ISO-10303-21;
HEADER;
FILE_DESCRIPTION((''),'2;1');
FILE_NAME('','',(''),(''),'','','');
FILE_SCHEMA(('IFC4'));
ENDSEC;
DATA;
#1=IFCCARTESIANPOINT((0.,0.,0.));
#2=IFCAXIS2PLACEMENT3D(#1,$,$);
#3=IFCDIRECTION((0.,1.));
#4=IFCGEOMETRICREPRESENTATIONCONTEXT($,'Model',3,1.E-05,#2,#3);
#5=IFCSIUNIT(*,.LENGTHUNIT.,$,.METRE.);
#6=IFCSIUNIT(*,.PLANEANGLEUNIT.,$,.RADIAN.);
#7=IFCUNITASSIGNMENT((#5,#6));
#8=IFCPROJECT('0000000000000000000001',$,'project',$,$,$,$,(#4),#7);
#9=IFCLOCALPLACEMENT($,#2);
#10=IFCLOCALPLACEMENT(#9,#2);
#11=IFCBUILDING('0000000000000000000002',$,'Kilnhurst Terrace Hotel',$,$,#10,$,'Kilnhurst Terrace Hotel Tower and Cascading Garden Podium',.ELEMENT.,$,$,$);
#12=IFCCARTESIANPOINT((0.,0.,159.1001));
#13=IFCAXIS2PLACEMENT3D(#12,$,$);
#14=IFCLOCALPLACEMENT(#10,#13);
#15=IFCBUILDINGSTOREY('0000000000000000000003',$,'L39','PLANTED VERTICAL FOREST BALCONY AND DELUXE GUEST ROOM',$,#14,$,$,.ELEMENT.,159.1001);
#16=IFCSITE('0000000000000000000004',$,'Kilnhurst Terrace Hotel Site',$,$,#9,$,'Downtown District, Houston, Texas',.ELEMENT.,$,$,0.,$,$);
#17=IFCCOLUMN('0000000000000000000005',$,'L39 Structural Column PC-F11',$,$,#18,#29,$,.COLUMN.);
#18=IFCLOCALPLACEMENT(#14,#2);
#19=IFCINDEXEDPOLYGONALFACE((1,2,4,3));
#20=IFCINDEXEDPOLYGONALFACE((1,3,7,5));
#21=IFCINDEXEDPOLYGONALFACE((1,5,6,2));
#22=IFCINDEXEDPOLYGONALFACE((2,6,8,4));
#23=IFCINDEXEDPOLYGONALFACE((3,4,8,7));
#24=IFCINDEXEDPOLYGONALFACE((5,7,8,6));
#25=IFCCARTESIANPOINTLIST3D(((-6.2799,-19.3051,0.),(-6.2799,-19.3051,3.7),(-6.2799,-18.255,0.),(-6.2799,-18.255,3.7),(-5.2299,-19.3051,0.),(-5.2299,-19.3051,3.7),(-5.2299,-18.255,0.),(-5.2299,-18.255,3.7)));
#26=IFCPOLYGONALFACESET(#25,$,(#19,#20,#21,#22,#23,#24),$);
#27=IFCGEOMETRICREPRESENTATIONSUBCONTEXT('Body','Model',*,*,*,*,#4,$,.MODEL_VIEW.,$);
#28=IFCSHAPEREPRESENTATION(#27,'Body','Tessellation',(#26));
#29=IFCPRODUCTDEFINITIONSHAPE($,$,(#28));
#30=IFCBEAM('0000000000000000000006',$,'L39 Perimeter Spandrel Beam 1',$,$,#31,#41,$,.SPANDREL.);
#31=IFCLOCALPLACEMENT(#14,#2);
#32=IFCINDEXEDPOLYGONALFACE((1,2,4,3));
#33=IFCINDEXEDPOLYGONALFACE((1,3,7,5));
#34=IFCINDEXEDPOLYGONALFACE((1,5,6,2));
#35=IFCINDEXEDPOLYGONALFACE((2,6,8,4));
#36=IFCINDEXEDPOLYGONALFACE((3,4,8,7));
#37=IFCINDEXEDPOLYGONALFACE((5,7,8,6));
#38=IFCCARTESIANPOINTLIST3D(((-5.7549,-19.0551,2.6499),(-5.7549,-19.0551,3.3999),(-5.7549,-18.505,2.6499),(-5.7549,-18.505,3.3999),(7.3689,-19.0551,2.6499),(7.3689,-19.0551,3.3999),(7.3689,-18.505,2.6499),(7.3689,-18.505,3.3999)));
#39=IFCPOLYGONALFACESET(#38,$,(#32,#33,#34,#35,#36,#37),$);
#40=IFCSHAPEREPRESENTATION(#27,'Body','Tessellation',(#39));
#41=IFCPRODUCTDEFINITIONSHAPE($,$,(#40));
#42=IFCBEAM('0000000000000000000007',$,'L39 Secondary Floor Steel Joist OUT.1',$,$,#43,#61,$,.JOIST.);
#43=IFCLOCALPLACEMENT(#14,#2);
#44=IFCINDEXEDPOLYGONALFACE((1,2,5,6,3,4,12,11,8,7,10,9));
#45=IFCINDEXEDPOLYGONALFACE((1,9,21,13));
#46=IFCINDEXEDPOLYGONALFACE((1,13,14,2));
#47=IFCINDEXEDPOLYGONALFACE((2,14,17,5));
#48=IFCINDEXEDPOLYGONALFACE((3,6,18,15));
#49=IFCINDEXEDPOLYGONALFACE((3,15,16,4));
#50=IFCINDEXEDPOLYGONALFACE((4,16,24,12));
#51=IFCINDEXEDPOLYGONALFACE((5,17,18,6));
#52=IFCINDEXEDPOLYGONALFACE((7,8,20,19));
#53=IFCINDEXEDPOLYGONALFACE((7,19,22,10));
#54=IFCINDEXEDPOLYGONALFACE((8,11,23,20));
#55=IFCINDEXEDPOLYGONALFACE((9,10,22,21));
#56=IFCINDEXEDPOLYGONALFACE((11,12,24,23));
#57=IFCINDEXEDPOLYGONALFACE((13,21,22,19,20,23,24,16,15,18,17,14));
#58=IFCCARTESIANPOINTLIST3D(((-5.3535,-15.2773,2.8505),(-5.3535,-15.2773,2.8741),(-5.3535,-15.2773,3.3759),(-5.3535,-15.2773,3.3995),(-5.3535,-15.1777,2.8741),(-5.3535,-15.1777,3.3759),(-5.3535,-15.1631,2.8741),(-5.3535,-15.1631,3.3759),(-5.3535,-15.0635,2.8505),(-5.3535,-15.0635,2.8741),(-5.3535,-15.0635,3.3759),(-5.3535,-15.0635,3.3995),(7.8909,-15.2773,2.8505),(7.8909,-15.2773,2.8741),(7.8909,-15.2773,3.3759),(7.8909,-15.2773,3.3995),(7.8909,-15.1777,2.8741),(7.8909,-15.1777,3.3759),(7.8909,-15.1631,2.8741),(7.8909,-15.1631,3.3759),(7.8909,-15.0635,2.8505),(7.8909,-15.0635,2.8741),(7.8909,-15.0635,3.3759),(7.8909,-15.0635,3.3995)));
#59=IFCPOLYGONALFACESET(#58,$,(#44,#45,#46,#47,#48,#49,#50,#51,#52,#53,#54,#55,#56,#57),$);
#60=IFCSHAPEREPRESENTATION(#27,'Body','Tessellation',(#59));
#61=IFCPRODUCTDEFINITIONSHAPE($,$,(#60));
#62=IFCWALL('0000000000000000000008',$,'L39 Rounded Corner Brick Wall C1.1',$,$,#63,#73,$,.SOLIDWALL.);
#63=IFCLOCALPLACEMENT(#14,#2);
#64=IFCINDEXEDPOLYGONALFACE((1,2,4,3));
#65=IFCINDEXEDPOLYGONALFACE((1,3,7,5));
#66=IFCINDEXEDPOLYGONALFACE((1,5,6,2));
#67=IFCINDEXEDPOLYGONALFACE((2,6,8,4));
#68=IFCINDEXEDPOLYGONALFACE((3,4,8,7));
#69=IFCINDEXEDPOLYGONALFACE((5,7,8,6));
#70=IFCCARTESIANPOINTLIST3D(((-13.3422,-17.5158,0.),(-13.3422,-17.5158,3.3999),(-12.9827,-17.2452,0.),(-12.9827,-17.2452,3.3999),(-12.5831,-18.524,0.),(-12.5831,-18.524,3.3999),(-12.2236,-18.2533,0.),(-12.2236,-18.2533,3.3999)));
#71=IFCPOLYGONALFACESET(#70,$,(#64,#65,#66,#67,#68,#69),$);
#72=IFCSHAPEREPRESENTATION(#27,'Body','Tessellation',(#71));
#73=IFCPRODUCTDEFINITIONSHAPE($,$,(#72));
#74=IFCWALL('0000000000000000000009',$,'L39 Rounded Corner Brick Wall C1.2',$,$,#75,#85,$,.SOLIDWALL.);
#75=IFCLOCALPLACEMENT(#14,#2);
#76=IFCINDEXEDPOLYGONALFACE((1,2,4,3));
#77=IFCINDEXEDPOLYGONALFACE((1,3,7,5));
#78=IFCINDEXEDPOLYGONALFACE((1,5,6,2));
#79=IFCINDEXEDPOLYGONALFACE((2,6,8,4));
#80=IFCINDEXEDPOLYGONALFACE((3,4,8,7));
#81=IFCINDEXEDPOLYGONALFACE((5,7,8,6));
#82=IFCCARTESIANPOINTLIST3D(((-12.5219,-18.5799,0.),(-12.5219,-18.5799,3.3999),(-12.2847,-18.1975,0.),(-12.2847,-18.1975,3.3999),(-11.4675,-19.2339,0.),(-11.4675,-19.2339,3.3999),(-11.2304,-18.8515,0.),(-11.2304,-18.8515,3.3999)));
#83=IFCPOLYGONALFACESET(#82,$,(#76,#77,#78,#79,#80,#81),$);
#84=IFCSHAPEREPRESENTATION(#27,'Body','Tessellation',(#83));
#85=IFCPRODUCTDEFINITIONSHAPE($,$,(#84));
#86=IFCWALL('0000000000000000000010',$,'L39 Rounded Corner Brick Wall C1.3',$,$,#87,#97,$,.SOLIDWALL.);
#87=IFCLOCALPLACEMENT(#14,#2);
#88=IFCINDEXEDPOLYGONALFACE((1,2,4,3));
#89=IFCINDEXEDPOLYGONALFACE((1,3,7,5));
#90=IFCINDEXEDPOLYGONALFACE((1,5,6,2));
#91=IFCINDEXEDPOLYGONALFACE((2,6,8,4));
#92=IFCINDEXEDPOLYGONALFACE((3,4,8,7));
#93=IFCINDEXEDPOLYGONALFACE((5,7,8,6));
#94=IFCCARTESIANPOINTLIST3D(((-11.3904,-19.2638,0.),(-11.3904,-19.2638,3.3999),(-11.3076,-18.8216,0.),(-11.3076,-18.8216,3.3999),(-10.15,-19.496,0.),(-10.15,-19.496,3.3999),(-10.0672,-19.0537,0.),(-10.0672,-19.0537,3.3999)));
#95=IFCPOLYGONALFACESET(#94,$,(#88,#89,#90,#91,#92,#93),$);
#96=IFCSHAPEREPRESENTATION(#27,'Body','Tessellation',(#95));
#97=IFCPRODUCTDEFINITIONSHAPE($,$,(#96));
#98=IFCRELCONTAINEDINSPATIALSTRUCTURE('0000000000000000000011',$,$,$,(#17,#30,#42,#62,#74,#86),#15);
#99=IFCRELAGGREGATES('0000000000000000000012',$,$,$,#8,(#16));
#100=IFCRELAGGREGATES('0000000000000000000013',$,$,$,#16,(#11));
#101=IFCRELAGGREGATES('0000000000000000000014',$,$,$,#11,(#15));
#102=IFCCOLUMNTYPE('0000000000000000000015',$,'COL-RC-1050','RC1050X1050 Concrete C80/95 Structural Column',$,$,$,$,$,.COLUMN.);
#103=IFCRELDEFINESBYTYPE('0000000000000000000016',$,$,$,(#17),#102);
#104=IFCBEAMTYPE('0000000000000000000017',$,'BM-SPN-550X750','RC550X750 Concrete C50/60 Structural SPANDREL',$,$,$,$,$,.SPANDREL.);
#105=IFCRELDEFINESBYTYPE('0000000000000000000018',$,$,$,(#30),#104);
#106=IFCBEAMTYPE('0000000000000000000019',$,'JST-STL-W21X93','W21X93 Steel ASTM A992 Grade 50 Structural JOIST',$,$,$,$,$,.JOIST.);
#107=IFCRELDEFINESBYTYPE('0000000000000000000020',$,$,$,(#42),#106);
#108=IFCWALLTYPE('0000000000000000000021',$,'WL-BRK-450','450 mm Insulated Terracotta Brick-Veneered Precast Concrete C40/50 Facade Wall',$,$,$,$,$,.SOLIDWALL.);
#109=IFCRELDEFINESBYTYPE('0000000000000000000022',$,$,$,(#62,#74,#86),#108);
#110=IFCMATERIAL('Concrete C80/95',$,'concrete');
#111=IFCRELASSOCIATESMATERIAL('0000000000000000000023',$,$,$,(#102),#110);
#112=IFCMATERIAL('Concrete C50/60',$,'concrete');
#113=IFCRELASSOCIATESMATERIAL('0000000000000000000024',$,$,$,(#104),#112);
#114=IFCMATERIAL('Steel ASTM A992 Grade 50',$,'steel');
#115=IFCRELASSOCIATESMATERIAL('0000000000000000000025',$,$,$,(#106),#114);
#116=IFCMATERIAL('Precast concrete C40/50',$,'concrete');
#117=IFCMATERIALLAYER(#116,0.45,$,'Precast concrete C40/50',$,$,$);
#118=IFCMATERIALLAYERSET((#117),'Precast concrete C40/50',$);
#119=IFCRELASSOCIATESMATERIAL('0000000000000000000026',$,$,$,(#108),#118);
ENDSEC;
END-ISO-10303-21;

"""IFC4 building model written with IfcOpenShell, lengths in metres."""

from ifc_helpers import new_model, si_unit, direction, frame, frame_2d, origin, origin_2d, place, context, subcontext, project, spatial, rectangle, i_section, extrude, material, layer, layer_set, material_profile, profile_set, type_object, element, save


model = new_model("IFC4")

# Units and contexts
model_context = context("Model", 3, precision=1e-05, world=origin(), true_north=direction((0.0, 1.0)))
body_context = subcontext(model_context, "Body", "Model", "MODEL_VIEW")
ifc_project = project(units=[si_unit("LENGTHUNIT", "METRE"), si_unit("PLANEANGLEUNIT", "RADIAN")], contexts=[model_context])

# Site, building, storey
site_placement = place(None, origin())
site = spatial("IfcSite", under=ifc_project, at=site_placement, Name="Kilnhurst Terrace Hotel Site", LongName="Downtown District, Houston, Texas", CompositionType="ELEMENT", RefElevation=0.0)
building_placement = place(site_placement, origin())
building = spatial("IfcBuilding", under=site, at=building_placement, Name="Kilnhurst Terrace Hotel", LongName="Kilnhurst Terrace Hotel Tower and Cascading Garden Podium", CompositionType="ELEMENT")
storey_placement = place(building_placement, frame((0.0, 0.0, 159.1001)))
storey = spatial("IfcBuildingStorey", under=building, at=storey_placement, Name="L39", Description="PLANTED VERTICAL FOREST BALCONY AND DELUXE GUEST ROOM", CompositionType="ELEMENT", Elevation=159.1001)

# Column
ifc_material_1 = material(Name="Concrete C80/95", Category="concrete")
ifc_material_profile_1 = material_profile(ifc_material_1, rectangle(XDim=1.05, YDim=1.05, at=origin_2d()), Name="RC1050X1050")
ifc_profile_set_1 = profile_set([ifc_material_profile_1], Name="Concrete C80/95")
column_type = type_object("IfcColumnType", Name="COL-RC-1050", Description="RC1050X1050 Concrete C80/95 Structural Column", PredefinedType="COLUMN", material=ifc_profile_set_1)
column_placement = place(storey_placement, frame((-5.7549, -18.78, 0.0), z_axis=(0.0, 0.0, 1.0), x_axis=(1.0, 0.0, 0.0)))
element("IfcColumn", 1, at=column_placement, inside=storey, type_object=column_type, Name="L39 Structural Column PC-F11", PredefinedType="COLUMN", context=body_context, shape_type="SweptSolid", body=[
    extrude(rectangle(XDim=1.05, YDim=1.05, at=origin_2d()), origin(), (0.0, 0.0, 1.0), 3.7),
])

# Beams
ifc_material_2 = material(Name="Concrete C50/60", Category="concrete")
ifc_material_profile_2 = material_profile(ifc_material_2, rectangle(XDim=0.55, YDim=0.75, at=origin_2d()), Name="RC550X750")
ifc_profile_set_2 = profile_set([ifc_material_profile_2], Name="Concrete C50/60")
beam_type_1 = type_object("IfcBeamType", Name="BM-SPN-550X750", Description="RC550X750 Concrete C50/60 Structural SPANDREL", PredefinedType="SPANDREL", material=ifc_profile_set_2)
beam_1_placement = place(storey_placement, frame((-5.7549, -18.78, 3.0249), z_axis=(1.0, 0.0, 0.0), x_axis=(0.0, 1.0, 0.0)))
element("IfcBeam", 2, at=beam_1_placement, inside=storey, type_object=beam_type_1, Name="L39 Perimeter Spandrel Beam 1", PredefinedType="SPANDREL", context=body_context, shape_type="SweptSolid", body=[
    extrude(rectangle(XDim=0.55, YDim=0.75, at=origin_2d()), origin(), (0.0, 0.0, 1.0), 13.1238),
])
ifc_material_3 = material(Name="Steel ASTM A992 Grade 50", Category="steel")
ifc_material_profile_3 = material_profile(ifc_material_3, i_section(OverallWidth=0.2139, OverallDepth=0.5491, WebThickness=0.0146, FlangeThickness=0.0237, at=origin_2d()), Name="W21X93")
ifc_profile_set_3 = profile_set([ifc_material_profile_3], Name="Steel ASTM A992 Grade 50")
beam_type_2 = type_object("IfcBeamType", Name="JST-STL-W21X93", Description="W21X93 Steel ASTM A992 Grade 50 Structural JOIST", PredefinedType="JOIST", material=ifc_profile_set_3)
beam_2_placement = place(storey_placement, frame((-5.3535, -15.1704, 3.125), z_axis=(1.0, 0.0, 0.0), x_axis=(0.0, 1.0, 0.0)))
element("IfcBeam", 3, at=beam_2_placement, inside=storey, type_object=beam_type_2, Name="L39 Secondary Floor Steel Joist OUT.1", PredefinedType="JOIST", context=body_context, shape_type="SweptSolid", body=[
    extrude(i_section(OverallWidth=0.2139, OverallDepth=0.5491, WebThickness=0.0146, FlangeThickness=0.0237, at=origin_2d()), origin(), (0.0, 0.0, 1.0), 13.2444),
])

# Walls
ifc_material_4 = material(Name="Precast concrete C40/50", Category="concrete")
ifc_layer_1 = layer(ifc_material_4, 0.45, Name="Precast concrete C40/50")
ifc_layer_set_1 = layer_set([ifc_layer_1], Name="Precast concrete C40/50")
wall_type_1 = type_object("IfcWallType", Name="WL-BRK-450", Description="450 mm Insulated Terracotta Brick-Veneered Precast Concrete C40/50 Facade Wall", PredefinedType="SOLIDWALL", material=ifc_layer_set_1)
wall_1_placement = place(storey_placement, frame((-13.1624, -17.3806, 0.0), z_axis=(0.0, 0.0, 1.0), x_axis=(0.601516, -0.798861, 0.0)))
element("IfcWall", 4, at=wall_1_placement, inside=storey, type_object=wall_type_1, Name="L39 Rounded Corner Brick Wall C1.1", PredefinedType="SOLIDWALL", context=body_context, shape_type="SweptSolid", body=[
    extrude(rectangle(XDim=1.262, YDim=0.45, at=frame_2d((0.6309, 0.0))), origin(), (0.0, 0.0, 1.0), 3.3999),
])
wall_2_placement = place(storey_placement, frame((-12.4033, -18.3887, 0.0), z_axis=(0.0, 0.0, 1.0), x_axis=(0.849795, -0.527113, 0.0)))
element("IfcWall", 5, at=wall_2_placement, inside=storey, type_object=wall_type_1, Name="L39 Rounded Corner Brick Wall C1.2", PredefinedType="SOLIDWALL", context=body_context, shape_type="SweptSolid", body=[
    extrude(rectangle(XDim=1.2407, YDim=0.45, at=frame_2d((0.6204, 0.0))), origin(), (0.0, 0.0, 1.0), 3.3999),
])
wall_3_placement = place(storey_placement, frame((-11.3489, -19.0427, 0.0), z_axis=(0.0, 0.0, 1.0), x_axis=(0.982931, -0.183973, 0.0)))
element("IfcWall", 6, at=wall_3_placement, inside=storey, type_object=wall_type_1, Name="L39 Rounded Corner Brick Wall C1.3", PredefinedType="SOLIDWALL", context=body_context, shape_type="SweptSolid", body=[
    extrude(rectangle(XDim=1.262, YDim=0.45, at=frame_2d((0.6309, 0.0))), origin(), (0.0, 0.0, 1.0), 3.3999),
])

save(model, "model.ifc")
